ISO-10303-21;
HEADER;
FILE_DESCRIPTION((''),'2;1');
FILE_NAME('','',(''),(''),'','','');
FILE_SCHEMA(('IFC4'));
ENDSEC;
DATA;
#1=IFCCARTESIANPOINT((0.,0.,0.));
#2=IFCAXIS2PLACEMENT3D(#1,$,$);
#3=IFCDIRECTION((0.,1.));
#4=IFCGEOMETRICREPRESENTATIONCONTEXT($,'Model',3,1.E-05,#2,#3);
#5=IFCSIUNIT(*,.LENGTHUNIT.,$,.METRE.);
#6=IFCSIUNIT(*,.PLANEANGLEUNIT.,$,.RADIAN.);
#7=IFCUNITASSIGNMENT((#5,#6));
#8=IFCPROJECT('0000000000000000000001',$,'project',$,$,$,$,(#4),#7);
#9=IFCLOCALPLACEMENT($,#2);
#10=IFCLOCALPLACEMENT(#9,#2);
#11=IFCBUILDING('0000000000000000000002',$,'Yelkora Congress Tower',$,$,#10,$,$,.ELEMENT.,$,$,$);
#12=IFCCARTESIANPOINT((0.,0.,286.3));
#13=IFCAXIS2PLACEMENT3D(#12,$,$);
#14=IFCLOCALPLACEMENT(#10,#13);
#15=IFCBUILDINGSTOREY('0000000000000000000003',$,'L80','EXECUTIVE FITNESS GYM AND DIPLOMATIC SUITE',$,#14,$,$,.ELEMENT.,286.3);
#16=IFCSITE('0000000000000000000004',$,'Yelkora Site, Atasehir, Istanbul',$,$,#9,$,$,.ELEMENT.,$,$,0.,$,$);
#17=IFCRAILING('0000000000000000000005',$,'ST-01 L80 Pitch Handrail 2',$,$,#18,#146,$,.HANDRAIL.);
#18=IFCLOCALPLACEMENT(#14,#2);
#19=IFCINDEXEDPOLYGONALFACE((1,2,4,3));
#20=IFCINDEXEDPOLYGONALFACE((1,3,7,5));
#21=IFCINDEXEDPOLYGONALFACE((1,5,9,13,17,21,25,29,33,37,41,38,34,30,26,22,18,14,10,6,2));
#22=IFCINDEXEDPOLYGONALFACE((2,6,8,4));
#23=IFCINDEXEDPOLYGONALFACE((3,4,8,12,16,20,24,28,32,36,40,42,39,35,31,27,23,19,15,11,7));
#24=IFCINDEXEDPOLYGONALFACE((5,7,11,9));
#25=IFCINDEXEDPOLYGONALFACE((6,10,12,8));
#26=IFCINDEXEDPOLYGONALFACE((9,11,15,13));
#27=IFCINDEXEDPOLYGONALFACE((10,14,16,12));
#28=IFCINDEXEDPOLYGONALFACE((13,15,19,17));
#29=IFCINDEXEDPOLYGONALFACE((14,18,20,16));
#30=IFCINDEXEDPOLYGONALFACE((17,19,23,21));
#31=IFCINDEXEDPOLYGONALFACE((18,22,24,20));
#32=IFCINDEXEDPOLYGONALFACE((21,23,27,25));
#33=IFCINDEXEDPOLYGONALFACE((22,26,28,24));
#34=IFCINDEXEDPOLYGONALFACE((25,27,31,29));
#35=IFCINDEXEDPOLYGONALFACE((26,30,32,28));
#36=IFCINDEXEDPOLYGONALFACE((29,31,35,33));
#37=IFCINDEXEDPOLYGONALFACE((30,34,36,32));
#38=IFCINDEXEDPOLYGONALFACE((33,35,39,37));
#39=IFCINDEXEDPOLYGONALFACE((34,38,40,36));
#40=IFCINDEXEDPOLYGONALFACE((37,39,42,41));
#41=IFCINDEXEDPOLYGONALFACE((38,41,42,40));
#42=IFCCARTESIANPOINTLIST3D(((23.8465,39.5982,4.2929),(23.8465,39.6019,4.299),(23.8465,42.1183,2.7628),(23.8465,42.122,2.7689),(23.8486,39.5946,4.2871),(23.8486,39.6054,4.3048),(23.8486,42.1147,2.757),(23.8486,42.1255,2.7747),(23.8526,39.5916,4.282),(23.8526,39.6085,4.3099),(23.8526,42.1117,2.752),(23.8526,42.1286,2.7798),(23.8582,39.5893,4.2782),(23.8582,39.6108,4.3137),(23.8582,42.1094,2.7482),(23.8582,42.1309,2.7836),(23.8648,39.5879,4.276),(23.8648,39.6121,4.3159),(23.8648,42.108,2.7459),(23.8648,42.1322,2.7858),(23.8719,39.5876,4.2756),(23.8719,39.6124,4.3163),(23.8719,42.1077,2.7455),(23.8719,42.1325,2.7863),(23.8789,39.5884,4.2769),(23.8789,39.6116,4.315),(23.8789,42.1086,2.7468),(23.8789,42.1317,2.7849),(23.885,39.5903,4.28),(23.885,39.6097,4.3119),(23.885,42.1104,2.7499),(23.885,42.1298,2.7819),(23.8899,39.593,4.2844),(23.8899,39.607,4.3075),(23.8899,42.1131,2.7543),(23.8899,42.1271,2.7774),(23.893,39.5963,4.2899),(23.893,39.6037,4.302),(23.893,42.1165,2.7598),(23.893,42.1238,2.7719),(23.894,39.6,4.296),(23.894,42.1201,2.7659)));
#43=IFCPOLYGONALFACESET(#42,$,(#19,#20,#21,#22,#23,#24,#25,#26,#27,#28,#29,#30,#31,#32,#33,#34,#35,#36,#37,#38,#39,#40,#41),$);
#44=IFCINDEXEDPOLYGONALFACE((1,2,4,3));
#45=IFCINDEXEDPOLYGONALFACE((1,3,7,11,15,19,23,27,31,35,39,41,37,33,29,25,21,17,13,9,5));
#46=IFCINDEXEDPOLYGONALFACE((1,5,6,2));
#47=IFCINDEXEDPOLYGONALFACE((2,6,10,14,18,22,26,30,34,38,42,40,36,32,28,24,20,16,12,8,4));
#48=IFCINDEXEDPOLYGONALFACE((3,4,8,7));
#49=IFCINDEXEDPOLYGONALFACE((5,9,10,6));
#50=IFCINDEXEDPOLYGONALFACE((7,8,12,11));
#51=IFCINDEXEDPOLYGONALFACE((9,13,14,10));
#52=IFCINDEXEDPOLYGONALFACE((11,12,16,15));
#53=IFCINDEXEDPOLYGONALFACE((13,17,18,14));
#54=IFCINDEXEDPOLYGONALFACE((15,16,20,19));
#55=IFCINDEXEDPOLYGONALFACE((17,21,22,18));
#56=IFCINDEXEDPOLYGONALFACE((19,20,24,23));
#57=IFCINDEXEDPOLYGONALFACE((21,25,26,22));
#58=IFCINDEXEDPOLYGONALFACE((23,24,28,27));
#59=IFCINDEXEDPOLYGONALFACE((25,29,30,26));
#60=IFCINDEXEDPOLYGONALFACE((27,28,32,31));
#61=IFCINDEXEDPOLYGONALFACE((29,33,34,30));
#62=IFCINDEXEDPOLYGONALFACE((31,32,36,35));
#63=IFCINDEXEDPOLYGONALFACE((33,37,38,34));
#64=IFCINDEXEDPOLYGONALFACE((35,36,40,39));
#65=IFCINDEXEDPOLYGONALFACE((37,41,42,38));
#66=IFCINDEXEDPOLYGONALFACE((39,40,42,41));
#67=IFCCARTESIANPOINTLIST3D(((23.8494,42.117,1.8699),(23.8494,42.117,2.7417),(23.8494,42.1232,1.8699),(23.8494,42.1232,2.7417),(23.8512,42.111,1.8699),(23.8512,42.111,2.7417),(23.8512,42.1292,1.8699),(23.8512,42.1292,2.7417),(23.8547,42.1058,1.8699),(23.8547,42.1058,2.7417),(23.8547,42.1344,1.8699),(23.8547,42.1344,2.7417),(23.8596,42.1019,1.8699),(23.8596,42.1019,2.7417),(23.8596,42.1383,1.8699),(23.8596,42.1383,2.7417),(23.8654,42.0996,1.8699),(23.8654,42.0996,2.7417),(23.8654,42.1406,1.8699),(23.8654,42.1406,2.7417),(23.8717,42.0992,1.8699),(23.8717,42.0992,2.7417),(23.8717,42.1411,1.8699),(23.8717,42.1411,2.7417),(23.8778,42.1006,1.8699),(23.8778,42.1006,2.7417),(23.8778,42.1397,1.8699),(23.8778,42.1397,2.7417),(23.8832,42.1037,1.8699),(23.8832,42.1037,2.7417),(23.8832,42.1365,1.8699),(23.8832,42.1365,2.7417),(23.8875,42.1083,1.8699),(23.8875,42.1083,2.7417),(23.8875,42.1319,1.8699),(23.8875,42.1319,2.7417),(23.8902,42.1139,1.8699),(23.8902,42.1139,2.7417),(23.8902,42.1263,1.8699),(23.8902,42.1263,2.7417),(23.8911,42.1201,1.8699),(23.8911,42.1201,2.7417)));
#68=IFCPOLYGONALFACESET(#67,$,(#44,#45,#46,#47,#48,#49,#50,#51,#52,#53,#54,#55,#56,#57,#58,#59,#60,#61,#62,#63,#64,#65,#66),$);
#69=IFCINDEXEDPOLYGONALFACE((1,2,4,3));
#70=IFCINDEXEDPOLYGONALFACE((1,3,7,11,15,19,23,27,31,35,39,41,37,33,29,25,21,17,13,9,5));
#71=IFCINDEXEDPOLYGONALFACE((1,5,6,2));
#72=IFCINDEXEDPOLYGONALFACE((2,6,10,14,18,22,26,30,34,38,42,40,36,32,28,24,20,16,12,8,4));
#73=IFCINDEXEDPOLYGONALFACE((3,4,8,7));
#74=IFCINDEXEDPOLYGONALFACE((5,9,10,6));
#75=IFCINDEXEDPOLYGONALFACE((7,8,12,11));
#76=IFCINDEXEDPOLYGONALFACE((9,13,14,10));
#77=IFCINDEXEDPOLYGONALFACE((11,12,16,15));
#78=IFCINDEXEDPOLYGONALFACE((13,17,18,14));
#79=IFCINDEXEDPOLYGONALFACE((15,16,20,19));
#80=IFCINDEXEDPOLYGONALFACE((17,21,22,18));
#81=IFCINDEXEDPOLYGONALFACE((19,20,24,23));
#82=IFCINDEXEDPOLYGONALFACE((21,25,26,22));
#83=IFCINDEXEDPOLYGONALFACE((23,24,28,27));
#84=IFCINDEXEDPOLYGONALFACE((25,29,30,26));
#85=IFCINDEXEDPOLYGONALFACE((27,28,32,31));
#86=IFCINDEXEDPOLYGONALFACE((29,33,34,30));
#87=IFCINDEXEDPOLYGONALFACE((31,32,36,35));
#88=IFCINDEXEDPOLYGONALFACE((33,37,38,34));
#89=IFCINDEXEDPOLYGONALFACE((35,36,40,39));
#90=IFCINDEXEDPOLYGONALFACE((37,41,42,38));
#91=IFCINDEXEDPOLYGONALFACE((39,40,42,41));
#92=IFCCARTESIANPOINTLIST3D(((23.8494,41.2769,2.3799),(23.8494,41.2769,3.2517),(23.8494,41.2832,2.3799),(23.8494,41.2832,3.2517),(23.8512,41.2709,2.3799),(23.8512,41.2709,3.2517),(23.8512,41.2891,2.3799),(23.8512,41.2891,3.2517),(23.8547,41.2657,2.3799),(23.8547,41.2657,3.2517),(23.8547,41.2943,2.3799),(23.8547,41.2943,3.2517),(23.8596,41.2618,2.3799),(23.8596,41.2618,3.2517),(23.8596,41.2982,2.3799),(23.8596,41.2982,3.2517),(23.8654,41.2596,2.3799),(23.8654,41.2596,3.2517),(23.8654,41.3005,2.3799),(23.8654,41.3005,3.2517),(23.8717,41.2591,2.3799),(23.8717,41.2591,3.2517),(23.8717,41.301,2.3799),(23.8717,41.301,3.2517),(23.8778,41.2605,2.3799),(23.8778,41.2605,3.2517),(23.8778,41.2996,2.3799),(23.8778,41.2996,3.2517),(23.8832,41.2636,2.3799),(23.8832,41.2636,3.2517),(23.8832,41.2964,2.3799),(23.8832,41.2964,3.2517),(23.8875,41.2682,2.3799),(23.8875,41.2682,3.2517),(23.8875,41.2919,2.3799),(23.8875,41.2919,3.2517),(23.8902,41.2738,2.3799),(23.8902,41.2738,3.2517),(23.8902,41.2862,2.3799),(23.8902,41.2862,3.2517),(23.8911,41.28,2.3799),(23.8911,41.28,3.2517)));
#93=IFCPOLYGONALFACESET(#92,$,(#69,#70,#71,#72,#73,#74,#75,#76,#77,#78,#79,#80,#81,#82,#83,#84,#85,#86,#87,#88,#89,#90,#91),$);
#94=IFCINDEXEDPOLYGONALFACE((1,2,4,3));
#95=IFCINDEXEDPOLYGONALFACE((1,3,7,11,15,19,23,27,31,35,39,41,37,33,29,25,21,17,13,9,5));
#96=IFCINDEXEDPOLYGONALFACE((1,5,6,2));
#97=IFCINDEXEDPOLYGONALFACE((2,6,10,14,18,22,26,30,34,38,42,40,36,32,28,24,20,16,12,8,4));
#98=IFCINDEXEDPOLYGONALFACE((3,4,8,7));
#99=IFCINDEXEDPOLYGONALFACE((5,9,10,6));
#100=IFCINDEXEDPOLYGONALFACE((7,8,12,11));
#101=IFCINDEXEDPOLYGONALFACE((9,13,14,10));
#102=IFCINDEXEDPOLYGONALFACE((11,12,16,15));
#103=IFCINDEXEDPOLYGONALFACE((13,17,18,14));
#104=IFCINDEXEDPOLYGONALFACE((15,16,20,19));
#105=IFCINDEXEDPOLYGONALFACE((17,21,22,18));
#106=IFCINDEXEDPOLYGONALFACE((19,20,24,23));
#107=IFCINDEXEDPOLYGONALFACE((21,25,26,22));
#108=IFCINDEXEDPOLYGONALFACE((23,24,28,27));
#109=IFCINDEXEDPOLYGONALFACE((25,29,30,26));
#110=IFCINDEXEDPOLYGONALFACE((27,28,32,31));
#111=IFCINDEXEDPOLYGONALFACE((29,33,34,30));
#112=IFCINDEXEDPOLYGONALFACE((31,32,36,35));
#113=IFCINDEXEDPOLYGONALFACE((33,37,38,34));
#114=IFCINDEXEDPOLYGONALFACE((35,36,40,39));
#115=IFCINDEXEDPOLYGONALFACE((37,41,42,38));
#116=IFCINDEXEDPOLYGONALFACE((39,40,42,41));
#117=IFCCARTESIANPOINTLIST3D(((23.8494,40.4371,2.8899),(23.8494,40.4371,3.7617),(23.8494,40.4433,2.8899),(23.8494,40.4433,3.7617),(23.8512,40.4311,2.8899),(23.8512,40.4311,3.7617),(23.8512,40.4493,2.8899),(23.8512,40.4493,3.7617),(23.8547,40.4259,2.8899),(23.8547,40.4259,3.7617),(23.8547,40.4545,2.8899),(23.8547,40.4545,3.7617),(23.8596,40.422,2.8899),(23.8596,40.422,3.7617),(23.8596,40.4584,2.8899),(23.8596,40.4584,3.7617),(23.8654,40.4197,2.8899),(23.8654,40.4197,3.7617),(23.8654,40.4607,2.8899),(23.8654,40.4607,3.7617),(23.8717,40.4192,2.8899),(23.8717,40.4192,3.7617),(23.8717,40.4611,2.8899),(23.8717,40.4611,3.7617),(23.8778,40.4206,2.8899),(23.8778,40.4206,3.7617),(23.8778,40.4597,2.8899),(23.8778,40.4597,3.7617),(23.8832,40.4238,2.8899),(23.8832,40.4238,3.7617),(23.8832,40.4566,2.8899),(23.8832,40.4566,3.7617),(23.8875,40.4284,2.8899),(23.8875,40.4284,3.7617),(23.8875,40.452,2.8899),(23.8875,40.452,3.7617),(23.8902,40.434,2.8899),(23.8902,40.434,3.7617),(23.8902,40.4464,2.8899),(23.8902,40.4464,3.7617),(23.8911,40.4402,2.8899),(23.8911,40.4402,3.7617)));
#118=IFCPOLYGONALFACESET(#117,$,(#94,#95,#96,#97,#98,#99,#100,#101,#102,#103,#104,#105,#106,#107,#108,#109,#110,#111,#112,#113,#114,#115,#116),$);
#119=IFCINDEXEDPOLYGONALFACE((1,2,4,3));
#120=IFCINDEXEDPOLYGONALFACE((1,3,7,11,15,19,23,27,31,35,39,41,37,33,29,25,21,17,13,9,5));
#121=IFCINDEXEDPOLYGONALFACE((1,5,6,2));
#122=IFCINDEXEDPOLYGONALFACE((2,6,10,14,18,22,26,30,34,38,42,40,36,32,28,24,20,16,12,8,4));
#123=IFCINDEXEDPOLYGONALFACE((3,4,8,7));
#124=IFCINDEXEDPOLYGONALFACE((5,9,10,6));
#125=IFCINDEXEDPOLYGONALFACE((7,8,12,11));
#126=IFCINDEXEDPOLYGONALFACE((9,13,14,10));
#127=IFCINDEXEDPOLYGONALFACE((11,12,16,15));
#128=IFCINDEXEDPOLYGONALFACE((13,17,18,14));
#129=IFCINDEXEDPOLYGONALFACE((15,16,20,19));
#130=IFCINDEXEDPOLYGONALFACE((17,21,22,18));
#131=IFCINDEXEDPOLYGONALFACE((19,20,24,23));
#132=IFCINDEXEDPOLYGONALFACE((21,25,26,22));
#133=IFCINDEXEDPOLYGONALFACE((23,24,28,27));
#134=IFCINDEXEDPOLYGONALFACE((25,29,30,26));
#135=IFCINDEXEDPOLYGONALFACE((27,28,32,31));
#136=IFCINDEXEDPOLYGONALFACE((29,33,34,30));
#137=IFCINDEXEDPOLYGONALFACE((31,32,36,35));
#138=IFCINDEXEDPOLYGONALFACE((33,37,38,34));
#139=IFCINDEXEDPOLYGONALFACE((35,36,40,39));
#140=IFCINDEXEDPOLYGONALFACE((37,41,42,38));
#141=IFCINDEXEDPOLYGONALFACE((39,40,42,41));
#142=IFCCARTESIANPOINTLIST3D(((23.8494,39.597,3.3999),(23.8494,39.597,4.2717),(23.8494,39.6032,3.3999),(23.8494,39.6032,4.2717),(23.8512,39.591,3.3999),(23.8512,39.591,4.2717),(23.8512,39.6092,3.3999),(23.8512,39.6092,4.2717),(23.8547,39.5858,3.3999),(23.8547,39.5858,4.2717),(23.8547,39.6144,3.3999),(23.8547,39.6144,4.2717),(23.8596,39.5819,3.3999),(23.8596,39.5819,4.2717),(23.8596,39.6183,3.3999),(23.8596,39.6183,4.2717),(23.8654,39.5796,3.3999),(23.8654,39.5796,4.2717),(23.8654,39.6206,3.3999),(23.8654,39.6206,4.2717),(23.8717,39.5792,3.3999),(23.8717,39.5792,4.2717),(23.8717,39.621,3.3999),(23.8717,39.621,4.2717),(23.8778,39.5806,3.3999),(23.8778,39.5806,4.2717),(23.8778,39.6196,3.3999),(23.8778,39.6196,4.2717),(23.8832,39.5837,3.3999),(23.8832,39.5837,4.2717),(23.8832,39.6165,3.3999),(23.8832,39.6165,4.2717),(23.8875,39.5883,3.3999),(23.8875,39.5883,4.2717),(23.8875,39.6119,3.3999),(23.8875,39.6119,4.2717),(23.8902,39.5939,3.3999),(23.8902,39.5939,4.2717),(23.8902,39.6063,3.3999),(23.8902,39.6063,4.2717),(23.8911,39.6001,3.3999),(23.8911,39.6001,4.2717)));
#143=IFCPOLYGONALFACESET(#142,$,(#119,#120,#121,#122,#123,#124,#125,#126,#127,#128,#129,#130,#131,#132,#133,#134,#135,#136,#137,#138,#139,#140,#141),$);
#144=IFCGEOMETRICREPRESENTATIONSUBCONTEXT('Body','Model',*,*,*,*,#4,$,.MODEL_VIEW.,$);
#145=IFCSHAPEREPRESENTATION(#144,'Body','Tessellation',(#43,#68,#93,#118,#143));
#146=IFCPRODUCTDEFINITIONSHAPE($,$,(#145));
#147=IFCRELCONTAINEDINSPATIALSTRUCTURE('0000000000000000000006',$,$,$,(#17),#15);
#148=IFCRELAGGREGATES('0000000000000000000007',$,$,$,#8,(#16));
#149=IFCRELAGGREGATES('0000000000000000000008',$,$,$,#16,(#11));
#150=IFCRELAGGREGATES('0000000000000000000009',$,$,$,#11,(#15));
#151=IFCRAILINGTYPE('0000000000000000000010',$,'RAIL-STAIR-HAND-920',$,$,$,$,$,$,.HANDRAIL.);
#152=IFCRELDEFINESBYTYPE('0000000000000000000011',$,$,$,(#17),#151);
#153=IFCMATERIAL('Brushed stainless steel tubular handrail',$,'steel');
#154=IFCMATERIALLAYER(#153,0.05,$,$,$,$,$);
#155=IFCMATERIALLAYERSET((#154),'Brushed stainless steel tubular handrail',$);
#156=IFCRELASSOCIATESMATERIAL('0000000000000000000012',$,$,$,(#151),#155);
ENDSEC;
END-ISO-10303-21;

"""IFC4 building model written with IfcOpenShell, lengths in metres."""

from ifc_helpers import new_model, si_unit, direction, frame, origin, origin_2d, place, context, subcontext, project, spatial, circle, extrude, material, layer, layer_set, type_object, element, save


model = new_model("IFC4")

# Units and contexts
model_context = context("Model", 3, precision=1e-05, world=origin(), true_north=direction((0.0, 1.0)))
body_context = subcontext(model_context, "Body", "Model", "MODEL_VIEW")
ifc_project = project(units=[si_unit("LENGTHUNIT", "METRE"), si_unit("PLANEANGLEUNIT", "RADIAN")], contexts=[model_context])

# Site, building, storey
site_placement = place(None, origin())
site = spatial("IfcSite", under=ifc_project, at=site_placement, Name="Yelkora Site, Atasehir, Istanbul", CompositionType="ELEMENT", RefElevation=0.0)
building_placement = place(site_placement, origin())
building = spatial("IfcBuilding", under=site, at=building_placement, Name="Yelkora Congress Tower", CompositionType="ELEMENT")
storey_placement = place(building_placement, frame((0.0, 0.0, 286.3)))
storey = spatial("IfcBuildingStorey", under=building, at=storey_placement, Name="L80", Description="EXECUTIVE FITNESS GYM AND DIPLOMATIC SUITE", CompositionType="ELEMENT", Elevation=286.3)

# Railing
ifc_material_1 = material(Name="Brushed stainless steel tubular handrail", Category="steel")
ifc_layer_1 = layer(ifc_material_1, 0.05)
ifc_layer_set_1 = layer_set([ifc_layer_1], Name="Brushed stainless steel tubular handrail")
railing_type_1 = type_object("IfcRailingType", Name="RAIL-STAIR-HAND-920", PredefinedType="HANDRAIL", material=ifc_layer_set_1)
railing_1_placement = place(storey_placement, frame((23.8701, 42.1201, 1.8699)))
element("IfcRailing", 1, at=railing_1_placement, inside=storey, type_object=railing_type_1, Name="ST-01 L80 Pitch Handrail 2", PredefinedType="HANDRAIL", context=body_context, shape_type="SweptSolid", body=[
    extrude(circle(Radius=0.0239, at=origin_2d()), frame((0.0, 0.0, 0.896), z_axis=(0.0, -0.854785, 0.518982), x_axis=(1.0, 0.0, 0.0)), (0.0, 0.0, 1.0), 2.9482),
    extrude(circle(Radius=0.021, at=origin_2d()), origin(), (0.0, 0.0, 1.0), 0.8718),
    extrude(circle(Radius=0.021, at=origin_2d()), frame((0.0, -0.8401, 0.51)), (0.0, 0.0, 1.0), 0.8718),
    extrude(circle(Radius=0.021, at=origin_2d()), frame((0.0, -1.6799, 1.02)), (0.0, 0.0, 1.0), 0.8718),
    extrude(circle(Radius=0.021, at=origin_2d()), frame((0.0, -2.52, 1.53)), (0.0, 0.0, 1.0), 0.8718),
])

save(model, "model.ifc")
